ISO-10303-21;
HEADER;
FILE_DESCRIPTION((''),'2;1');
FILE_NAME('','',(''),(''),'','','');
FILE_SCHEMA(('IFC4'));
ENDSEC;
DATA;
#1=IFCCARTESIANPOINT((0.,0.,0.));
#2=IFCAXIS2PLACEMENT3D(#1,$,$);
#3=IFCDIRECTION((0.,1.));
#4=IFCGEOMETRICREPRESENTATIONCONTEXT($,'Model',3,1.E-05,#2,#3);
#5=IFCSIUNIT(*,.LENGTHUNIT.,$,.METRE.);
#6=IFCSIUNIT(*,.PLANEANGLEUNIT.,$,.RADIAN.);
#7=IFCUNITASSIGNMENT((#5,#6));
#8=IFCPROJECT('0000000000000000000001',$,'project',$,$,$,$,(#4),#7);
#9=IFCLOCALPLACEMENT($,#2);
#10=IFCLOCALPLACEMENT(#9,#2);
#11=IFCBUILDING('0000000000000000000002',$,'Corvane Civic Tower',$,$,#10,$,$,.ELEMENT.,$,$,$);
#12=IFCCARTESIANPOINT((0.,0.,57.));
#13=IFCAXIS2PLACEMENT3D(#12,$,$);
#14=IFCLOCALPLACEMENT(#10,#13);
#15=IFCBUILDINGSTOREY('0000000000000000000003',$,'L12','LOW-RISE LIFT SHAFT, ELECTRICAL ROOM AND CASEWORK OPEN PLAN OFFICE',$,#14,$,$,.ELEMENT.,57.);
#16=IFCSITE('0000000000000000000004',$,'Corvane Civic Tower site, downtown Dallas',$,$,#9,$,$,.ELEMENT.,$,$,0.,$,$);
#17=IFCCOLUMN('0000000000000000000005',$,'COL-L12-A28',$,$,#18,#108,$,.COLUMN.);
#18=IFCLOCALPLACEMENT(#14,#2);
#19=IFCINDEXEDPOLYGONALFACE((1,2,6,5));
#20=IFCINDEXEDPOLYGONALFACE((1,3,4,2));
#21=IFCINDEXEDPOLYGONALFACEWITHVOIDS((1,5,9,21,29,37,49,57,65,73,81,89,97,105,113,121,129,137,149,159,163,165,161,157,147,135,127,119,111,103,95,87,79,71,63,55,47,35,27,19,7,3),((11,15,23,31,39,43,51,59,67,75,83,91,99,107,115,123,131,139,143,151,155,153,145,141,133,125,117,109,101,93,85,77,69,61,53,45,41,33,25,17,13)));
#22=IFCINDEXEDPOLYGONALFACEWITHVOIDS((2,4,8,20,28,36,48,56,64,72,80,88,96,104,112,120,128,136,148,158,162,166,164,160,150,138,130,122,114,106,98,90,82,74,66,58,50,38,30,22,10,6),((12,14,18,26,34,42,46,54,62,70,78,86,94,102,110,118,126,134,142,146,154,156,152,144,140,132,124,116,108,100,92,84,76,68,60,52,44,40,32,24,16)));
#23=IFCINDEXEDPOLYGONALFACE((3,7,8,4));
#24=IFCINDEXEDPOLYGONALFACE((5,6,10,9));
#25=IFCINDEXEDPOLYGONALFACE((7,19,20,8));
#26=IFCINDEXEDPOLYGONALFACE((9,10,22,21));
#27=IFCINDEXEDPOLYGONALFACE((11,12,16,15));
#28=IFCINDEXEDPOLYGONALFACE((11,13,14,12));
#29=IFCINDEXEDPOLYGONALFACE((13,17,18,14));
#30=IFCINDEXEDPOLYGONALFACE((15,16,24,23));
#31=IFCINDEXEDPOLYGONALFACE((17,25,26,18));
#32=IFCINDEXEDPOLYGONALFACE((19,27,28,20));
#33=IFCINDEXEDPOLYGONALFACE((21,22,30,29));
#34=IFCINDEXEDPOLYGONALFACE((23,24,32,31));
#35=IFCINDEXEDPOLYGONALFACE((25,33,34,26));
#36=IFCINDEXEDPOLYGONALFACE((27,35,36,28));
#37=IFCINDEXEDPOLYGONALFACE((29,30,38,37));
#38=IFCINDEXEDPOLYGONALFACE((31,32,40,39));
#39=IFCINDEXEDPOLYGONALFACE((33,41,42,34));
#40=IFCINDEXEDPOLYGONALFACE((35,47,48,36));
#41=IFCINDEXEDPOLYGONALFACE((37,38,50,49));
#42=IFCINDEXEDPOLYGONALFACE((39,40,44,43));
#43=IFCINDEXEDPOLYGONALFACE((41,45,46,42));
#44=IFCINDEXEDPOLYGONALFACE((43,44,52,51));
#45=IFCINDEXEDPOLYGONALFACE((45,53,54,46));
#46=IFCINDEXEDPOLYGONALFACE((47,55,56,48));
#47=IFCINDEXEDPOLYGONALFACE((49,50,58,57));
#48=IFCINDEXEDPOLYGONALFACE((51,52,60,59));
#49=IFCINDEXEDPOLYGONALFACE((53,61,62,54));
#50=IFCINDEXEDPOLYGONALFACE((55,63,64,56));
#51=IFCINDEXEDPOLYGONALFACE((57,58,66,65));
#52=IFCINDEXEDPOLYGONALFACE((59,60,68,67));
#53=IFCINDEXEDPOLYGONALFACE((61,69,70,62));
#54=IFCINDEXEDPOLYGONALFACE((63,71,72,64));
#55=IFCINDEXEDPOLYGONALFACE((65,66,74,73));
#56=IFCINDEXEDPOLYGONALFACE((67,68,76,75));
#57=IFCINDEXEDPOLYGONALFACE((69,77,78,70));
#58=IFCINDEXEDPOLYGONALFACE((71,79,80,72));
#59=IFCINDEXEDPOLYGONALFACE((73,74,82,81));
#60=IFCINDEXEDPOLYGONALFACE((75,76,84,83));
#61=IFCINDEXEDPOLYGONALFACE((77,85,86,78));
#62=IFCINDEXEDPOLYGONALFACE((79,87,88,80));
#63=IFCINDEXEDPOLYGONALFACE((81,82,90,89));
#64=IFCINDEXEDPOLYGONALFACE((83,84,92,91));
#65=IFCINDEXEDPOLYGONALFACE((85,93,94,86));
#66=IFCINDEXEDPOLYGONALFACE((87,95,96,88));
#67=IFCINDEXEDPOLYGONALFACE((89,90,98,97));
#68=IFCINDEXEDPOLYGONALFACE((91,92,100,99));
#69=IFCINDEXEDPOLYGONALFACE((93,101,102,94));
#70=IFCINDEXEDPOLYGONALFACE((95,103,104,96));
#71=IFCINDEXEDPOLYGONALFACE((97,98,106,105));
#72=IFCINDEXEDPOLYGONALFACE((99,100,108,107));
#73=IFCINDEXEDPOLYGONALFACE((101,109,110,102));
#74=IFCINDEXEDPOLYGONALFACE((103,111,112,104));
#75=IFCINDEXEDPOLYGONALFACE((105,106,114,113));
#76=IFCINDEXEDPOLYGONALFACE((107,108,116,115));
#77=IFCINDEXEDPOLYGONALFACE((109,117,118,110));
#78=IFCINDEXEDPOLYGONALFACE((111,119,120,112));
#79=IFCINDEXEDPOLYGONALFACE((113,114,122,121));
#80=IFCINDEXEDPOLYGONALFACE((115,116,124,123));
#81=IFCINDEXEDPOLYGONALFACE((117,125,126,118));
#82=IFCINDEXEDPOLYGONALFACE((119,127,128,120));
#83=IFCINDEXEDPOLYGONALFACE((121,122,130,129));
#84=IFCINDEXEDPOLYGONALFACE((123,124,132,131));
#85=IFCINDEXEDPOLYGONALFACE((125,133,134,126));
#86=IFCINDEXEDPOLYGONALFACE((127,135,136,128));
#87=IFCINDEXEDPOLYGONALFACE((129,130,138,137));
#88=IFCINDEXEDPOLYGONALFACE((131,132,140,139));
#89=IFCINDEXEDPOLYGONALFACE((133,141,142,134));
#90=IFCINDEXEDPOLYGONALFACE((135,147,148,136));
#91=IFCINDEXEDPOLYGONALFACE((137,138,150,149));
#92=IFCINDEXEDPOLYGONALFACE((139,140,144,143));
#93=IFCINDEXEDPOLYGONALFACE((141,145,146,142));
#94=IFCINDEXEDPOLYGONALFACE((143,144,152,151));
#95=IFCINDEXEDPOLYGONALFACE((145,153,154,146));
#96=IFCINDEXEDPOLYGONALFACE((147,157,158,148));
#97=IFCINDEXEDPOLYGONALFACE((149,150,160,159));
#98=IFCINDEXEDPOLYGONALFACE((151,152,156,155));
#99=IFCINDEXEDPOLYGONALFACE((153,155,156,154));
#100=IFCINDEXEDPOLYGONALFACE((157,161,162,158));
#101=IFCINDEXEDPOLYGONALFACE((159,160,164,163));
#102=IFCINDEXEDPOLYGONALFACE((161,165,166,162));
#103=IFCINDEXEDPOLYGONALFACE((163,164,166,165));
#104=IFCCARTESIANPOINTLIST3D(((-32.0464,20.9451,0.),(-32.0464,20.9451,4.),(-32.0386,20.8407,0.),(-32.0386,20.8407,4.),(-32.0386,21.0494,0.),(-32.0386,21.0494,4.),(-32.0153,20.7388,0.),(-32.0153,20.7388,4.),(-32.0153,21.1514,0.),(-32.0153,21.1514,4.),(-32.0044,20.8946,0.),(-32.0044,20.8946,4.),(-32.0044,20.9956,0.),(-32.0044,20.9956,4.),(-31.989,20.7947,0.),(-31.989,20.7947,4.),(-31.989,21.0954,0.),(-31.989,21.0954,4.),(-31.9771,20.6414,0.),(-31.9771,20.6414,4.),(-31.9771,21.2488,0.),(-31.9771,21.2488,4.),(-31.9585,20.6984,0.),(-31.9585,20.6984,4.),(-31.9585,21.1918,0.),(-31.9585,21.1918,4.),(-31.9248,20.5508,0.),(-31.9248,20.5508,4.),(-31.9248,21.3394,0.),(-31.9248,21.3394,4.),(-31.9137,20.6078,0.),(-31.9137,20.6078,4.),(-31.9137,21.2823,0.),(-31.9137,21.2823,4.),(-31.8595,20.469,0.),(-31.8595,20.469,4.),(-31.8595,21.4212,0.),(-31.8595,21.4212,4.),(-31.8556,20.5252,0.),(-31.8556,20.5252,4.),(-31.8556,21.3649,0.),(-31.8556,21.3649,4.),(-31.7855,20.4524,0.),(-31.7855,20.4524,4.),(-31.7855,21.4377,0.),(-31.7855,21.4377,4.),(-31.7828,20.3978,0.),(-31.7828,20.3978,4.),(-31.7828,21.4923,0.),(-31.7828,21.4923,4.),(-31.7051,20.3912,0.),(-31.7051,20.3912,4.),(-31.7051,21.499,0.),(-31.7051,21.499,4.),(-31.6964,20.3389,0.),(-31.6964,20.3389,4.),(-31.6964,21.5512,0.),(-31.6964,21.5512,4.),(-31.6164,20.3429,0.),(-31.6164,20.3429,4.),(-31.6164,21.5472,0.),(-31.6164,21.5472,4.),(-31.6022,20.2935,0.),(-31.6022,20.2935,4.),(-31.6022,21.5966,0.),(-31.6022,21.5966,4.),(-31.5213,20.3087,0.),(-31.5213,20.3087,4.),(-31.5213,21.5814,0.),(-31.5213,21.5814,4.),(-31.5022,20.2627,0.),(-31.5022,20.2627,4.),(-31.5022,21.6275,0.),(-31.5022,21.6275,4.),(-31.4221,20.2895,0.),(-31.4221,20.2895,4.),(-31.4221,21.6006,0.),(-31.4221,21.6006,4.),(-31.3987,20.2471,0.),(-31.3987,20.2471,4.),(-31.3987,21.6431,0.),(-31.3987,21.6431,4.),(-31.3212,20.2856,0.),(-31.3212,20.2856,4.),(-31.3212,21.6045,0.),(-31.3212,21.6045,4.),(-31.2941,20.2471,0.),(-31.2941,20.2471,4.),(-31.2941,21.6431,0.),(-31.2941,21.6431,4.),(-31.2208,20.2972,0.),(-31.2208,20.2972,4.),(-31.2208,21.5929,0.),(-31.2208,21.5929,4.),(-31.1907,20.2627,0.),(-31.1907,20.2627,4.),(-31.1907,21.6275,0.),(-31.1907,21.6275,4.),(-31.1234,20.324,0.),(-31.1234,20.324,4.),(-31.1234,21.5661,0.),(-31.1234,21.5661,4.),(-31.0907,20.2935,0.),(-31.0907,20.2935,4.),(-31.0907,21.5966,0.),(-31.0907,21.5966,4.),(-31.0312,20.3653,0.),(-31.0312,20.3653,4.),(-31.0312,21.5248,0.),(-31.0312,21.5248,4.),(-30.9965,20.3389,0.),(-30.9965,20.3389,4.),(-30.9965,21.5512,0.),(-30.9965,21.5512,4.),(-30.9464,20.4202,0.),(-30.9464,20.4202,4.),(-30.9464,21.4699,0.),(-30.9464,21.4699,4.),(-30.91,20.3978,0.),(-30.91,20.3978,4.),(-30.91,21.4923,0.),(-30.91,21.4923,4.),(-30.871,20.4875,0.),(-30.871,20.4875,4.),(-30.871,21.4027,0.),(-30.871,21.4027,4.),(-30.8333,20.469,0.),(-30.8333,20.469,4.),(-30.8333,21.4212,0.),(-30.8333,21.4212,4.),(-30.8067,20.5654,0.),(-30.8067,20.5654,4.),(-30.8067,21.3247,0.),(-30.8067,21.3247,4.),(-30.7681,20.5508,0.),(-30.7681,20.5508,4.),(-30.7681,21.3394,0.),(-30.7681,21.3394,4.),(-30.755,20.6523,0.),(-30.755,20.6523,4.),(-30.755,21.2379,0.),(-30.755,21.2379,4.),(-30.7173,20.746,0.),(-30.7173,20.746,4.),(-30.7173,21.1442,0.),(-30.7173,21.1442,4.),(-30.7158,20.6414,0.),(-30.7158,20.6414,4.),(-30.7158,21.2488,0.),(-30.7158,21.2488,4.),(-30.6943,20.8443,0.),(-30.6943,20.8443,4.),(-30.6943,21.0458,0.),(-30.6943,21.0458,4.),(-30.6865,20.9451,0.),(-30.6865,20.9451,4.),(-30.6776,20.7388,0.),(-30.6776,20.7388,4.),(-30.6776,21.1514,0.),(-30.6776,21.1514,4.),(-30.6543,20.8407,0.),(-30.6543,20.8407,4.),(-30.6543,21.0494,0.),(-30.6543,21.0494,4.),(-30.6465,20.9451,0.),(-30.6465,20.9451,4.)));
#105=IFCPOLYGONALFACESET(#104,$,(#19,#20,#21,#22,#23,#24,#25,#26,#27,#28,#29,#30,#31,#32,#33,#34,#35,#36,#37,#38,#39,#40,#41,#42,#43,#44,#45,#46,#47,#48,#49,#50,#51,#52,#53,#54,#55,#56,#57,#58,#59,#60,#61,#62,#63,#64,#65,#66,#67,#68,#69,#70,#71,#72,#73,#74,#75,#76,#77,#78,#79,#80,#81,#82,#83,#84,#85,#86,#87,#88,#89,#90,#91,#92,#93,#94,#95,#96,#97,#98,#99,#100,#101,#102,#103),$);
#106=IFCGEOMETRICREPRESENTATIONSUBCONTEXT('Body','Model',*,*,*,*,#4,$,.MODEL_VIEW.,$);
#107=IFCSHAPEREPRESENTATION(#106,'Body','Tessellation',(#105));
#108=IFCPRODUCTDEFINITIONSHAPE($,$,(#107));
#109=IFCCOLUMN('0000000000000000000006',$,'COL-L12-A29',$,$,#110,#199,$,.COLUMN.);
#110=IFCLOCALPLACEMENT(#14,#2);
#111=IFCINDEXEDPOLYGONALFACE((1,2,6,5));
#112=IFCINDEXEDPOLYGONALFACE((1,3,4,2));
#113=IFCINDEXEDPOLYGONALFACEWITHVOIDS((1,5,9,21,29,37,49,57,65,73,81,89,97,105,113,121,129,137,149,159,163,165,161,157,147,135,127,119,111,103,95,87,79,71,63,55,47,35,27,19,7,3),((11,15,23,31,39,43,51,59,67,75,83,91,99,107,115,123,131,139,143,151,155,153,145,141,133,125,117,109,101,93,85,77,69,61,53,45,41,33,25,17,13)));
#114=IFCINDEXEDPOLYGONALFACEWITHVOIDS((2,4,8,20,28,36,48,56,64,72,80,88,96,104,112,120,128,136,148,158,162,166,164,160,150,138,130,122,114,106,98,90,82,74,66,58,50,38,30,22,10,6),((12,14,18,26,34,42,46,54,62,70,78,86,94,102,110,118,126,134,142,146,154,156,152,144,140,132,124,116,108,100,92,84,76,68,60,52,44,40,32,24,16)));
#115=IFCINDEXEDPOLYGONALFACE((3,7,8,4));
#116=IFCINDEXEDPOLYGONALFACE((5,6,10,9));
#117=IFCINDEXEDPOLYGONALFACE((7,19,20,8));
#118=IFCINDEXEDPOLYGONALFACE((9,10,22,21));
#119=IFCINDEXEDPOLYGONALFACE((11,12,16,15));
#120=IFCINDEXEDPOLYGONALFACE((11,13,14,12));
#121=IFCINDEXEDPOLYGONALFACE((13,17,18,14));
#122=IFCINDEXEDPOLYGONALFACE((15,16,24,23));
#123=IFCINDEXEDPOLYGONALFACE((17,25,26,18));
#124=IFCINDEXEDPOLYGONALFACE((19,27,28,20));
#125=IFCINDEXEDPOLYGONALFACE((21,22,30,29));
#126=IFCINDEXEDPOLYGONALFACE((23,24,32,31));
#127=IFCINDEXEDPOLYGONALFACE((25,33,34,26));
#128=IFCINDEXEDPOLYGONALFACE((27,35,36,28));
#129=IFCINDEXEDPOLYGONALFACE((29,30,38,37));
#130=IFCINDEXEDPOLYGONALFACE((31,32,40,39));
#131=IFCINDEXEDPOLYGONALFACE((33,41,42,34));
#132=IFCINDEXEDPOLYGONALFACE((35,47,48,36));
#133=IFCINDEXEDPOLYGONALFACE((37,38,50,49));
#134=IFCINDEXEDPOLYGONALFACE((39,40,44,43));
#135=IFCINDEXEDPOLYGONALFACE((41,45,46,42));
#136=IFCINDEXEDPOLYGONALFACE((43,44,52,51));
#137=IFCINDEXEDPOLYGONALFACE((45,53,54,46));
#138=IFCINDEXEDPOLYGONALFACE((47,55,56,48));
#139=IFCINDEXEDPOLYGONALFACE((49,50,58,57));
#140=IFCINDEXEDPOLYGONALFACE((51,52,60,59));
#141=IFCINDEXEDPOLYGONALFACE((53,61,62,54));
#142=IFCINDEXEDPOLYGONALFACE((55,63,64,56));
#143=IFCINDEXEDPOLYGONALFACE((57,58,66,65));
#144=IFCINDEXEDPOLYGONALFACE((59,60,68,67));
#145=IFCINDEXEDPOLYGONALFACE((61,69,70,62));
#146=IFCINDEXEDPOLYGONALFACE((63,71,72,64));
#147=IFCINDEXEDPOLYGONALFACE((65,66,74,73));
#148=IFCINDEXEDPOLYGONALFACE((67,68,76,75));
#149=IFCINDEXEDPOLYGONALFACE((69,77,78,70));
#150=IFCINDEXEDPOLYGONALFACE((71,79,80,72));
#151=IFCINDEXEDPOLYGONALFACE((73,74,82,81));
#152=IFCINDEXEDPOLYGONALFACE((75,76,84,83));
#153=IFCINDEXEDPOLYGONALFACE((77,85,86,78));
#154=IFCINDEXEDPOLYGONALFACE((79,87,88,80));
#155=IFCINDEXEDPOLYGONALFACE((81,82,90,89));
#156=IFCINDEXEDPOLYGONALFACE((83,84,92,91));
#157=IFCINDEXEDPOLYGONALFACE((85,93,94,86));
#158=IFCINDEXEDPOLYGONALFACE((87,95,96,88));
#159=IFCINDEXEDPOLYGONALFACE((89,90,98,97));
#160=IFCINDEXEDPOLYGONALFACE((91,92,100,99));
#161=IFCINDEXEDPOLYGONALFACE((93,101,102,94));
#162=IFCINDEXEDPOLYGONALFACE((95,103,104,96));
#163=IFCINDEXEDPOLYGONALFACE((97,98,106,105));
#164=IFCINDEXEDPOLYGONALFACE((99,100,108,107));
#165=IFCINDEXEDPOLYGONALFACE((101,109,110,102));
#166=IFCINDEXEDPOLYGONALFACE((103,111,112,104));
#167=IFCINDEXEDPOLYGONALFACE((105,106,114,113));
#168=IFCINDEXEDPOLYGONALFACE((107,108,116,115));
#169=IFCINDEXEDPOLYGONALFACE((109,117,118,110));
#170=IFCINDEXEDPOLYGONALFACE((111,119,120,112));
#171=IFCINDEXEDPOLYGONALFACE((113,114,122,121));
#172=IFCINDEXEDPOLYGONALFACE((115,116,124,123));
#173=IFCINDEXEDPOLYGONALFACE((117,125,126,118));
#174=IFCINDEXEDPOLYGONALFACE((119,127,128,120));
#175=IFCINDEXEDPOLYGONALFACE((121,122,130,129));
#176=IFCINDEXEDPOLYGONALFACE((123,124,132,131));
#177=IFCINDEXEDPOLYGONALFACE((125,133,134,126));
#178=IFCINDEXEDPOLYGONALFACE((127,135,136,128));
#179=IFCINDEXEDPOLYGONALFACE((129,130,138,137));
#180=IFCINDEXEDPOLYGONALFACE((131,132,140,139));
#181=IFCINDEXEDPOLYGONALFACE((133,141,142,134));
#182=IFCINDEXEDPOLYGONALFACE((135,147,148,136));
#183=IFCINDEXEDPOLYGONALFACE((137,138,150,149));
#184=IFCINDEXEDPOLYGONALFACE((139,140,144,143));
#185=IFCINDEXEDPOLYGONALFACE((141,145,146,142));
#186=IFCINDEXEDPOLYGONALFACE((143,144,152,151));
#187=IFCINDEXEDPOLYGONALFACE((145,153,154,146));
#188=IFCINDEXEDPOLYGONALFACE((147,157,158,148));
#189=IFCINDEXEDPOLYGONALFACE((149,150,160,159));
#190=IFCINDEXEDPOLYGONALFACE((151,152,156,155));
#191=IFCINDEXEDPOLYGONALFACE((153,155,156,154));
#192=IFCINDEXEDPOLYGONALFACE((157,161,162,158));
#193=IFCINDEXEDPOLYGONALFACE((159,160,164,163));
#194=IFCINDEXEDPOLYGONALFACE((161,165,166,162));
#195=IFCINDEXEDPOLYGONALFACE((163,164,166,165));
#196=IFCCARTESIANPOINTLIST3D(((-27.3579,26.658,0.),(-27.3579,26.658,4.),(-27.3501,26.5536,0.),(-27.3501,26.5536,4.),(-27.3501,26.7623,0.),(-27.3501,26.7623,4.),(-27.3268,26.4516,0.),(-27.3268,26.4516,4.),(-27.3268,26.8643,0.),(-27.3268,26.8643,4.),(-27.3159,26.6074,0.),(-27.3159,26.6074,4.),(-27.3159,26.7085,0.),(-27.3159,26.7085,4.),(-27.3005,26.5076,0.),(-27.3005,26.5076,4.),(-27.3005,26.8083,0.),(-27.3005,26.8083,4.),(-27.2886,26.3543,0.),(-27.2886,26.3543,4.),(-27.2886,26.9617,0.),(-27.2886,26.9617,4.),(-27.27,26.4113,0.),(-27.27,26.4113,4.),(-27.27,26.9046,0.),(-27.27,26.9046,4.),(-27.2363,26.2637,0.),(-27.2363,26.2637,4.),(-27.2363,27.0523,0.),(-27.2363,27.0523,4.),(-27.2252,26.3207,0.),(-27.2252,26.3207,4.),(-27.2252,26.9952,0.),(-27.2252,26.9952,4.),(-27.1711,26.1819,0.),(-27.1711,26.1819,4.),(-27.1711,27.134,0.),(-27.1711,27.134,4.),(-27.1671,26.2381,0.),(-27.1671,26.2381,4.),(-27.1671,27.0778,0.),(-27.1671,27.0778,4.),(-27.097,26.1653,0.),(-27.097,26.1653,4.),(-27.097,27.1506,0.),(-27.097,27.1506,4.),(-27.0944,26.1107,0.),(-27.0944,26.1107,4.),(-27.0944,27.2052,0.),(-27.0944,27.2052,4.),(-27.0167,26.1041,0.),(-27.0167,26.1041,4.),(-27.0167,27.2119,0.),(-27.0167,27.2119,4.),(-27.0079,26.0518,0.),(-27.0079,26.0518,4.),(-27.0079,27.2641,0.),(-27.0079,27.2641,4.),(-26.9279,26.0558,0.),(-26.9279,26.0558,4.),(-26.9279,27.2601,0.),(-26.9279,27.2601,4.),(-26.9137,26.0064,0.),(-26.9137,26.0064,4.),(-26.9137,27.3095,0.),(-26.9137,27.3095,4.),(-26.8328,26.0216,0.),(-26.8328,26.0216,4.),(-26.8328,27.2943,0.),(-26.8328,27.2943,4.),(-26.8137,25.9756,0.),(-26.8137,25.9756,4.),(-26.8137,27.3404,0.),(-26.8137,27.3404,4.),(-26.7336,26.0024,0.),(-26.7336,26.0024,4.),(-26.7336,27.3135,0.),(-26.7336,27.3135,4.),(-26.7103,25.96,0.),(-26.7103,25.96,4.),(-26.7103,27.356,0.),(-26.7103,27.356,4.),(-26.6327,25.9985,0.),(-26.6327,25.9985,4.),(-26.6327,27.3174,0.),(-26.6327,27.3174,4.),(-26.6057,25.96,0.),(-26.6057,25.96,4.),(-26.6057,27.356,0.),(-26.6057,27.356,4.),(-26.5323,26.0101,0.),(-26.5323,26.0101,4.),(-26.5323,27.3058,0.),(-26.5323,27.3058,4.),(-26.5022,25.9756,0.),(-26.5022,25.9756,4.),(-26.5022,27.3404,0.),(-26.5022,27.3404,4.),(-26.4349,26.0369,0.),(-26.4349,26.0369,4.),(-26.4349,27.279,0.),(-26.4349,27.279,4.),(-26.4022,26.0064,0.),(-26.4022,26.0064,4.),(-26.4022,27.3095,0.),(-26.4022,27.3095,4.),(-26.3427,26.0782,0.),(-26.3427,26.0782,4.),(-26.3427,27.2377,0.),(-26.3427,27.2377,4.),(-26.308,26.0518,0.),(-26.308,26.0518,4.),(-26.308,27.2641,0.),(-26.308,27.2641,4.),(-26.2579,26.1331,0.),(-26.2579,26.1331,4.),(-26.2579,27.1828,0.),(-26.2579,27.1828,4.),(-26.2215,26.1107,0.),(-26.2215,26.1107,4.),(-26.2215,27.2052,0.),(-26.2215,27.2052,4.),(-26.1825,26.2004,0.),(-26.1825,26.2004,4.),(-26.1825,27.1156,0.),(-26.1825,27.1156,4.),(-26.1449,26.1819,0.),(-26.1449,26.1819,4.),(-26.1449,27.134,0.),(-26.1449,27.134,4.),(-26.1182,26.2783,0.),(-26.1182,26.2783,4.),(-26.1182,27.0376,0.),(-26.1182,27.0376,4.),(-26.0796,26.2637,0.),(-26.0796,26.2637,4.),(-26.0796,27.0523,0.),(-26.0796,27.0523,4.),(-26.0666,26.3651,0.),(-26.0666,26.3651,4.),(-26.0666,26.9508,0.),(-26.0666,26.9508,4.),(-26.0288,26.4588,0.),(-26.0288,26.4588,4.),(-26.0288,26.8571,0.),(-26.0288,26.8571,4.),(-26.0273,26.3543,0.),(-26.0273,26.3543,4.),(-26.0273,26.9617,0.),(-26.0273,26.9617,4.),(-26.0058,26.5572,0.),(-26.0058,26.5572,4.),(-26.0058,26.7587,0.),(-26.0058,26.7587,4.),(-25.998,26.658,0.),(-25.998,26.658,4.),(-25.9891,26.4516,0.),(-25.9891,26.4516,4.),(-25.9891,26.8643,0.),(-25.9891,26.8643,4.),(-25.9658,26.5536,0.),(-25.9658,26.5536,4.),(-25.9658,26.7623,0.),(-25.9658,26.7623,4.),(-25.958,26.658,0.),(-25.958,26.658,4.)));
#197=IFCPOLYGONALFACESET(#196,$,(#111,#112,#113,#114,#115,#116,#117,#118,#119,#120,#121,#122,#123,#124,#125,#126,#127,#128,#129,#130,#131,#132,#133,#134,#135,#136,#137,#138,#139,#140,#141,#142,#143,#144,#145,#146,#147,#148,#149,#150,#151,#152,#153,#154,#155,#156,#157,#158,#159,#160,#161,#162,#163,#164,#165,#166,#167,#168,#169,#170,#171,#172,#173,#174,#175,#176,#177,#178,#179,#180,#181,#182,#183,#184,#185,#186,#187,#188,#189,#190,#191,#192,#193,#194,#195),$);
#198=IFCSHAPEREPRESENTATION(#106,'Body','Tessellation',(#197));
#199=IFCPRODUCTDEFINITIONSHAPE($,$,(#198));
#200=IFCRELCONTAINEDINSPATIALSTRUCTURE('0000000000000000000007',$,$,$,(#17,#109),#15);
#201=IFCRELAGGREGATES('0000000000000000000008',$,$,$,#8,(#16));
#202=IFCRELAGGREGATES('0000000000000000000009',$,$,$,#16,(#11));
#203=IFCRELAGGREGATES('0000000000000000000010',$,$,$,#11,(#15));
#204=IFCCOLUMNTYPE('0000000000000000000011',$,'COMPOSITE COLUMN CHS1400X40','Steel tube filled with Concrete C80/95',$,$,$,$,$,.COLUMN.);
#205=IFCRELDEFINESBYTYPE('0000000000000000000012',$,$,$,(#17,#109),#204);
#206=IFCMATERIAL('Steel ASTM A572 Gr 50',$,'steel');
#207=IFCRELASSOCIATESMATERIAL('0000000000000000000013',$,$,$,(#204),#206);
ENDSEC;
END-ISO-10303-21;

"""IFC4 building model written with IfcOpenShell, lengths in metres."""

from ifc_helpers import new_model, si_unit, direction, frame, origin, origin_2d, place, context, subcontext, project, spatial, hollow_circle, extrude, material, material_profile, profile_set, type_object, element, save


model = new_model("IFC4")

# Units and contexts
model_context = context("Model", 3, precision=1e-05, world=origin(), true_north=direction((0.0, 1.0)))
body_context = subcontext(model_context, "Body", "Model", "MODEL_VIEW")
ifc_project = project(units=[si_unit("LENGTHUNIT", "METRE"), si_unit("PLANEANGLEUNIT", "RADIAN")], contexts=[model_context])

# Site, building, storey
site_placement = place(None, origin())
site = spatial("IfcSite", under=ifc_project, at=site_placement, Name="Corvane Civic Tower site, downtown Dallas", CompositionType="ELEMENT", RefElevation=0.0)
building_placement = place(site_placement, origin())
building = spatial("IfcBuilding", under=site, at=building_placement, Name="Corvane Civic Tower", CompositionType="ELEMENT")
storey_placement = place(building_placement, frame((0.0, 0.0, 57.0)))
storey = spatial("IfcBuildingStorey", under=building, at=storey_placement, Name="L12", Description="LOW-RISE LIFT SHAFT, ELECTRICAL ROOM AND CASEWORK OPEN PLAN OFFICE", CompositionType="ELEMENT", Elevation=57.0)

# Columns
ifc_material_1 = material(Name="Steel ASTM A572 Gr 50", Category="steel")
ifc_material_profile_1 = material_profile(ifc_material_1, hollow_circle(Radius=0.7, WallThickness=0.04, at=origin_2d()), Name="CHS1400X40")
ifc_profile_set_1 = profile_set([ifc_material_profile_1], Name="Steel ASTM A572 Gr 50")
column_type = type_object("IfcColumnType", Name="COMPOSITE COLUMN CHS1400X40", Description="Steel tube filled with Concrete C80/95", PredefinedType="COLUMN", material=ifc_profile_set_1)
for number, where, z_axis, x_axis, name in (
    (1, (-31.3464, 20.9451, 0.0), (0.0, 0.0, 1.0), (1.0, 0.0, 0.0), "COL-L12-A28"),
    (2, (-26.658, 26.658, 0.0), (0.0, 0.0, 1.0), (1.0, 0.0, 0.0), "COL-L12-A29"),
):
    element("IfcColumn", number, at=place(storey_placement, frame(where, z_axis=z_axis, x_axis=x_axis)), inside=storey, type_object=column_type, Name=name, PredefinedType="COLUMN", context=body_context, shape_type="SweptSolid", body=[
        extrude(hollow_circle(Radius=0.7, WallThickness=0.04, at=origin_2d()), origin(), (0.0, 0.0, 1.0), 4.0),
    ])

save(model, "model.ifc")
